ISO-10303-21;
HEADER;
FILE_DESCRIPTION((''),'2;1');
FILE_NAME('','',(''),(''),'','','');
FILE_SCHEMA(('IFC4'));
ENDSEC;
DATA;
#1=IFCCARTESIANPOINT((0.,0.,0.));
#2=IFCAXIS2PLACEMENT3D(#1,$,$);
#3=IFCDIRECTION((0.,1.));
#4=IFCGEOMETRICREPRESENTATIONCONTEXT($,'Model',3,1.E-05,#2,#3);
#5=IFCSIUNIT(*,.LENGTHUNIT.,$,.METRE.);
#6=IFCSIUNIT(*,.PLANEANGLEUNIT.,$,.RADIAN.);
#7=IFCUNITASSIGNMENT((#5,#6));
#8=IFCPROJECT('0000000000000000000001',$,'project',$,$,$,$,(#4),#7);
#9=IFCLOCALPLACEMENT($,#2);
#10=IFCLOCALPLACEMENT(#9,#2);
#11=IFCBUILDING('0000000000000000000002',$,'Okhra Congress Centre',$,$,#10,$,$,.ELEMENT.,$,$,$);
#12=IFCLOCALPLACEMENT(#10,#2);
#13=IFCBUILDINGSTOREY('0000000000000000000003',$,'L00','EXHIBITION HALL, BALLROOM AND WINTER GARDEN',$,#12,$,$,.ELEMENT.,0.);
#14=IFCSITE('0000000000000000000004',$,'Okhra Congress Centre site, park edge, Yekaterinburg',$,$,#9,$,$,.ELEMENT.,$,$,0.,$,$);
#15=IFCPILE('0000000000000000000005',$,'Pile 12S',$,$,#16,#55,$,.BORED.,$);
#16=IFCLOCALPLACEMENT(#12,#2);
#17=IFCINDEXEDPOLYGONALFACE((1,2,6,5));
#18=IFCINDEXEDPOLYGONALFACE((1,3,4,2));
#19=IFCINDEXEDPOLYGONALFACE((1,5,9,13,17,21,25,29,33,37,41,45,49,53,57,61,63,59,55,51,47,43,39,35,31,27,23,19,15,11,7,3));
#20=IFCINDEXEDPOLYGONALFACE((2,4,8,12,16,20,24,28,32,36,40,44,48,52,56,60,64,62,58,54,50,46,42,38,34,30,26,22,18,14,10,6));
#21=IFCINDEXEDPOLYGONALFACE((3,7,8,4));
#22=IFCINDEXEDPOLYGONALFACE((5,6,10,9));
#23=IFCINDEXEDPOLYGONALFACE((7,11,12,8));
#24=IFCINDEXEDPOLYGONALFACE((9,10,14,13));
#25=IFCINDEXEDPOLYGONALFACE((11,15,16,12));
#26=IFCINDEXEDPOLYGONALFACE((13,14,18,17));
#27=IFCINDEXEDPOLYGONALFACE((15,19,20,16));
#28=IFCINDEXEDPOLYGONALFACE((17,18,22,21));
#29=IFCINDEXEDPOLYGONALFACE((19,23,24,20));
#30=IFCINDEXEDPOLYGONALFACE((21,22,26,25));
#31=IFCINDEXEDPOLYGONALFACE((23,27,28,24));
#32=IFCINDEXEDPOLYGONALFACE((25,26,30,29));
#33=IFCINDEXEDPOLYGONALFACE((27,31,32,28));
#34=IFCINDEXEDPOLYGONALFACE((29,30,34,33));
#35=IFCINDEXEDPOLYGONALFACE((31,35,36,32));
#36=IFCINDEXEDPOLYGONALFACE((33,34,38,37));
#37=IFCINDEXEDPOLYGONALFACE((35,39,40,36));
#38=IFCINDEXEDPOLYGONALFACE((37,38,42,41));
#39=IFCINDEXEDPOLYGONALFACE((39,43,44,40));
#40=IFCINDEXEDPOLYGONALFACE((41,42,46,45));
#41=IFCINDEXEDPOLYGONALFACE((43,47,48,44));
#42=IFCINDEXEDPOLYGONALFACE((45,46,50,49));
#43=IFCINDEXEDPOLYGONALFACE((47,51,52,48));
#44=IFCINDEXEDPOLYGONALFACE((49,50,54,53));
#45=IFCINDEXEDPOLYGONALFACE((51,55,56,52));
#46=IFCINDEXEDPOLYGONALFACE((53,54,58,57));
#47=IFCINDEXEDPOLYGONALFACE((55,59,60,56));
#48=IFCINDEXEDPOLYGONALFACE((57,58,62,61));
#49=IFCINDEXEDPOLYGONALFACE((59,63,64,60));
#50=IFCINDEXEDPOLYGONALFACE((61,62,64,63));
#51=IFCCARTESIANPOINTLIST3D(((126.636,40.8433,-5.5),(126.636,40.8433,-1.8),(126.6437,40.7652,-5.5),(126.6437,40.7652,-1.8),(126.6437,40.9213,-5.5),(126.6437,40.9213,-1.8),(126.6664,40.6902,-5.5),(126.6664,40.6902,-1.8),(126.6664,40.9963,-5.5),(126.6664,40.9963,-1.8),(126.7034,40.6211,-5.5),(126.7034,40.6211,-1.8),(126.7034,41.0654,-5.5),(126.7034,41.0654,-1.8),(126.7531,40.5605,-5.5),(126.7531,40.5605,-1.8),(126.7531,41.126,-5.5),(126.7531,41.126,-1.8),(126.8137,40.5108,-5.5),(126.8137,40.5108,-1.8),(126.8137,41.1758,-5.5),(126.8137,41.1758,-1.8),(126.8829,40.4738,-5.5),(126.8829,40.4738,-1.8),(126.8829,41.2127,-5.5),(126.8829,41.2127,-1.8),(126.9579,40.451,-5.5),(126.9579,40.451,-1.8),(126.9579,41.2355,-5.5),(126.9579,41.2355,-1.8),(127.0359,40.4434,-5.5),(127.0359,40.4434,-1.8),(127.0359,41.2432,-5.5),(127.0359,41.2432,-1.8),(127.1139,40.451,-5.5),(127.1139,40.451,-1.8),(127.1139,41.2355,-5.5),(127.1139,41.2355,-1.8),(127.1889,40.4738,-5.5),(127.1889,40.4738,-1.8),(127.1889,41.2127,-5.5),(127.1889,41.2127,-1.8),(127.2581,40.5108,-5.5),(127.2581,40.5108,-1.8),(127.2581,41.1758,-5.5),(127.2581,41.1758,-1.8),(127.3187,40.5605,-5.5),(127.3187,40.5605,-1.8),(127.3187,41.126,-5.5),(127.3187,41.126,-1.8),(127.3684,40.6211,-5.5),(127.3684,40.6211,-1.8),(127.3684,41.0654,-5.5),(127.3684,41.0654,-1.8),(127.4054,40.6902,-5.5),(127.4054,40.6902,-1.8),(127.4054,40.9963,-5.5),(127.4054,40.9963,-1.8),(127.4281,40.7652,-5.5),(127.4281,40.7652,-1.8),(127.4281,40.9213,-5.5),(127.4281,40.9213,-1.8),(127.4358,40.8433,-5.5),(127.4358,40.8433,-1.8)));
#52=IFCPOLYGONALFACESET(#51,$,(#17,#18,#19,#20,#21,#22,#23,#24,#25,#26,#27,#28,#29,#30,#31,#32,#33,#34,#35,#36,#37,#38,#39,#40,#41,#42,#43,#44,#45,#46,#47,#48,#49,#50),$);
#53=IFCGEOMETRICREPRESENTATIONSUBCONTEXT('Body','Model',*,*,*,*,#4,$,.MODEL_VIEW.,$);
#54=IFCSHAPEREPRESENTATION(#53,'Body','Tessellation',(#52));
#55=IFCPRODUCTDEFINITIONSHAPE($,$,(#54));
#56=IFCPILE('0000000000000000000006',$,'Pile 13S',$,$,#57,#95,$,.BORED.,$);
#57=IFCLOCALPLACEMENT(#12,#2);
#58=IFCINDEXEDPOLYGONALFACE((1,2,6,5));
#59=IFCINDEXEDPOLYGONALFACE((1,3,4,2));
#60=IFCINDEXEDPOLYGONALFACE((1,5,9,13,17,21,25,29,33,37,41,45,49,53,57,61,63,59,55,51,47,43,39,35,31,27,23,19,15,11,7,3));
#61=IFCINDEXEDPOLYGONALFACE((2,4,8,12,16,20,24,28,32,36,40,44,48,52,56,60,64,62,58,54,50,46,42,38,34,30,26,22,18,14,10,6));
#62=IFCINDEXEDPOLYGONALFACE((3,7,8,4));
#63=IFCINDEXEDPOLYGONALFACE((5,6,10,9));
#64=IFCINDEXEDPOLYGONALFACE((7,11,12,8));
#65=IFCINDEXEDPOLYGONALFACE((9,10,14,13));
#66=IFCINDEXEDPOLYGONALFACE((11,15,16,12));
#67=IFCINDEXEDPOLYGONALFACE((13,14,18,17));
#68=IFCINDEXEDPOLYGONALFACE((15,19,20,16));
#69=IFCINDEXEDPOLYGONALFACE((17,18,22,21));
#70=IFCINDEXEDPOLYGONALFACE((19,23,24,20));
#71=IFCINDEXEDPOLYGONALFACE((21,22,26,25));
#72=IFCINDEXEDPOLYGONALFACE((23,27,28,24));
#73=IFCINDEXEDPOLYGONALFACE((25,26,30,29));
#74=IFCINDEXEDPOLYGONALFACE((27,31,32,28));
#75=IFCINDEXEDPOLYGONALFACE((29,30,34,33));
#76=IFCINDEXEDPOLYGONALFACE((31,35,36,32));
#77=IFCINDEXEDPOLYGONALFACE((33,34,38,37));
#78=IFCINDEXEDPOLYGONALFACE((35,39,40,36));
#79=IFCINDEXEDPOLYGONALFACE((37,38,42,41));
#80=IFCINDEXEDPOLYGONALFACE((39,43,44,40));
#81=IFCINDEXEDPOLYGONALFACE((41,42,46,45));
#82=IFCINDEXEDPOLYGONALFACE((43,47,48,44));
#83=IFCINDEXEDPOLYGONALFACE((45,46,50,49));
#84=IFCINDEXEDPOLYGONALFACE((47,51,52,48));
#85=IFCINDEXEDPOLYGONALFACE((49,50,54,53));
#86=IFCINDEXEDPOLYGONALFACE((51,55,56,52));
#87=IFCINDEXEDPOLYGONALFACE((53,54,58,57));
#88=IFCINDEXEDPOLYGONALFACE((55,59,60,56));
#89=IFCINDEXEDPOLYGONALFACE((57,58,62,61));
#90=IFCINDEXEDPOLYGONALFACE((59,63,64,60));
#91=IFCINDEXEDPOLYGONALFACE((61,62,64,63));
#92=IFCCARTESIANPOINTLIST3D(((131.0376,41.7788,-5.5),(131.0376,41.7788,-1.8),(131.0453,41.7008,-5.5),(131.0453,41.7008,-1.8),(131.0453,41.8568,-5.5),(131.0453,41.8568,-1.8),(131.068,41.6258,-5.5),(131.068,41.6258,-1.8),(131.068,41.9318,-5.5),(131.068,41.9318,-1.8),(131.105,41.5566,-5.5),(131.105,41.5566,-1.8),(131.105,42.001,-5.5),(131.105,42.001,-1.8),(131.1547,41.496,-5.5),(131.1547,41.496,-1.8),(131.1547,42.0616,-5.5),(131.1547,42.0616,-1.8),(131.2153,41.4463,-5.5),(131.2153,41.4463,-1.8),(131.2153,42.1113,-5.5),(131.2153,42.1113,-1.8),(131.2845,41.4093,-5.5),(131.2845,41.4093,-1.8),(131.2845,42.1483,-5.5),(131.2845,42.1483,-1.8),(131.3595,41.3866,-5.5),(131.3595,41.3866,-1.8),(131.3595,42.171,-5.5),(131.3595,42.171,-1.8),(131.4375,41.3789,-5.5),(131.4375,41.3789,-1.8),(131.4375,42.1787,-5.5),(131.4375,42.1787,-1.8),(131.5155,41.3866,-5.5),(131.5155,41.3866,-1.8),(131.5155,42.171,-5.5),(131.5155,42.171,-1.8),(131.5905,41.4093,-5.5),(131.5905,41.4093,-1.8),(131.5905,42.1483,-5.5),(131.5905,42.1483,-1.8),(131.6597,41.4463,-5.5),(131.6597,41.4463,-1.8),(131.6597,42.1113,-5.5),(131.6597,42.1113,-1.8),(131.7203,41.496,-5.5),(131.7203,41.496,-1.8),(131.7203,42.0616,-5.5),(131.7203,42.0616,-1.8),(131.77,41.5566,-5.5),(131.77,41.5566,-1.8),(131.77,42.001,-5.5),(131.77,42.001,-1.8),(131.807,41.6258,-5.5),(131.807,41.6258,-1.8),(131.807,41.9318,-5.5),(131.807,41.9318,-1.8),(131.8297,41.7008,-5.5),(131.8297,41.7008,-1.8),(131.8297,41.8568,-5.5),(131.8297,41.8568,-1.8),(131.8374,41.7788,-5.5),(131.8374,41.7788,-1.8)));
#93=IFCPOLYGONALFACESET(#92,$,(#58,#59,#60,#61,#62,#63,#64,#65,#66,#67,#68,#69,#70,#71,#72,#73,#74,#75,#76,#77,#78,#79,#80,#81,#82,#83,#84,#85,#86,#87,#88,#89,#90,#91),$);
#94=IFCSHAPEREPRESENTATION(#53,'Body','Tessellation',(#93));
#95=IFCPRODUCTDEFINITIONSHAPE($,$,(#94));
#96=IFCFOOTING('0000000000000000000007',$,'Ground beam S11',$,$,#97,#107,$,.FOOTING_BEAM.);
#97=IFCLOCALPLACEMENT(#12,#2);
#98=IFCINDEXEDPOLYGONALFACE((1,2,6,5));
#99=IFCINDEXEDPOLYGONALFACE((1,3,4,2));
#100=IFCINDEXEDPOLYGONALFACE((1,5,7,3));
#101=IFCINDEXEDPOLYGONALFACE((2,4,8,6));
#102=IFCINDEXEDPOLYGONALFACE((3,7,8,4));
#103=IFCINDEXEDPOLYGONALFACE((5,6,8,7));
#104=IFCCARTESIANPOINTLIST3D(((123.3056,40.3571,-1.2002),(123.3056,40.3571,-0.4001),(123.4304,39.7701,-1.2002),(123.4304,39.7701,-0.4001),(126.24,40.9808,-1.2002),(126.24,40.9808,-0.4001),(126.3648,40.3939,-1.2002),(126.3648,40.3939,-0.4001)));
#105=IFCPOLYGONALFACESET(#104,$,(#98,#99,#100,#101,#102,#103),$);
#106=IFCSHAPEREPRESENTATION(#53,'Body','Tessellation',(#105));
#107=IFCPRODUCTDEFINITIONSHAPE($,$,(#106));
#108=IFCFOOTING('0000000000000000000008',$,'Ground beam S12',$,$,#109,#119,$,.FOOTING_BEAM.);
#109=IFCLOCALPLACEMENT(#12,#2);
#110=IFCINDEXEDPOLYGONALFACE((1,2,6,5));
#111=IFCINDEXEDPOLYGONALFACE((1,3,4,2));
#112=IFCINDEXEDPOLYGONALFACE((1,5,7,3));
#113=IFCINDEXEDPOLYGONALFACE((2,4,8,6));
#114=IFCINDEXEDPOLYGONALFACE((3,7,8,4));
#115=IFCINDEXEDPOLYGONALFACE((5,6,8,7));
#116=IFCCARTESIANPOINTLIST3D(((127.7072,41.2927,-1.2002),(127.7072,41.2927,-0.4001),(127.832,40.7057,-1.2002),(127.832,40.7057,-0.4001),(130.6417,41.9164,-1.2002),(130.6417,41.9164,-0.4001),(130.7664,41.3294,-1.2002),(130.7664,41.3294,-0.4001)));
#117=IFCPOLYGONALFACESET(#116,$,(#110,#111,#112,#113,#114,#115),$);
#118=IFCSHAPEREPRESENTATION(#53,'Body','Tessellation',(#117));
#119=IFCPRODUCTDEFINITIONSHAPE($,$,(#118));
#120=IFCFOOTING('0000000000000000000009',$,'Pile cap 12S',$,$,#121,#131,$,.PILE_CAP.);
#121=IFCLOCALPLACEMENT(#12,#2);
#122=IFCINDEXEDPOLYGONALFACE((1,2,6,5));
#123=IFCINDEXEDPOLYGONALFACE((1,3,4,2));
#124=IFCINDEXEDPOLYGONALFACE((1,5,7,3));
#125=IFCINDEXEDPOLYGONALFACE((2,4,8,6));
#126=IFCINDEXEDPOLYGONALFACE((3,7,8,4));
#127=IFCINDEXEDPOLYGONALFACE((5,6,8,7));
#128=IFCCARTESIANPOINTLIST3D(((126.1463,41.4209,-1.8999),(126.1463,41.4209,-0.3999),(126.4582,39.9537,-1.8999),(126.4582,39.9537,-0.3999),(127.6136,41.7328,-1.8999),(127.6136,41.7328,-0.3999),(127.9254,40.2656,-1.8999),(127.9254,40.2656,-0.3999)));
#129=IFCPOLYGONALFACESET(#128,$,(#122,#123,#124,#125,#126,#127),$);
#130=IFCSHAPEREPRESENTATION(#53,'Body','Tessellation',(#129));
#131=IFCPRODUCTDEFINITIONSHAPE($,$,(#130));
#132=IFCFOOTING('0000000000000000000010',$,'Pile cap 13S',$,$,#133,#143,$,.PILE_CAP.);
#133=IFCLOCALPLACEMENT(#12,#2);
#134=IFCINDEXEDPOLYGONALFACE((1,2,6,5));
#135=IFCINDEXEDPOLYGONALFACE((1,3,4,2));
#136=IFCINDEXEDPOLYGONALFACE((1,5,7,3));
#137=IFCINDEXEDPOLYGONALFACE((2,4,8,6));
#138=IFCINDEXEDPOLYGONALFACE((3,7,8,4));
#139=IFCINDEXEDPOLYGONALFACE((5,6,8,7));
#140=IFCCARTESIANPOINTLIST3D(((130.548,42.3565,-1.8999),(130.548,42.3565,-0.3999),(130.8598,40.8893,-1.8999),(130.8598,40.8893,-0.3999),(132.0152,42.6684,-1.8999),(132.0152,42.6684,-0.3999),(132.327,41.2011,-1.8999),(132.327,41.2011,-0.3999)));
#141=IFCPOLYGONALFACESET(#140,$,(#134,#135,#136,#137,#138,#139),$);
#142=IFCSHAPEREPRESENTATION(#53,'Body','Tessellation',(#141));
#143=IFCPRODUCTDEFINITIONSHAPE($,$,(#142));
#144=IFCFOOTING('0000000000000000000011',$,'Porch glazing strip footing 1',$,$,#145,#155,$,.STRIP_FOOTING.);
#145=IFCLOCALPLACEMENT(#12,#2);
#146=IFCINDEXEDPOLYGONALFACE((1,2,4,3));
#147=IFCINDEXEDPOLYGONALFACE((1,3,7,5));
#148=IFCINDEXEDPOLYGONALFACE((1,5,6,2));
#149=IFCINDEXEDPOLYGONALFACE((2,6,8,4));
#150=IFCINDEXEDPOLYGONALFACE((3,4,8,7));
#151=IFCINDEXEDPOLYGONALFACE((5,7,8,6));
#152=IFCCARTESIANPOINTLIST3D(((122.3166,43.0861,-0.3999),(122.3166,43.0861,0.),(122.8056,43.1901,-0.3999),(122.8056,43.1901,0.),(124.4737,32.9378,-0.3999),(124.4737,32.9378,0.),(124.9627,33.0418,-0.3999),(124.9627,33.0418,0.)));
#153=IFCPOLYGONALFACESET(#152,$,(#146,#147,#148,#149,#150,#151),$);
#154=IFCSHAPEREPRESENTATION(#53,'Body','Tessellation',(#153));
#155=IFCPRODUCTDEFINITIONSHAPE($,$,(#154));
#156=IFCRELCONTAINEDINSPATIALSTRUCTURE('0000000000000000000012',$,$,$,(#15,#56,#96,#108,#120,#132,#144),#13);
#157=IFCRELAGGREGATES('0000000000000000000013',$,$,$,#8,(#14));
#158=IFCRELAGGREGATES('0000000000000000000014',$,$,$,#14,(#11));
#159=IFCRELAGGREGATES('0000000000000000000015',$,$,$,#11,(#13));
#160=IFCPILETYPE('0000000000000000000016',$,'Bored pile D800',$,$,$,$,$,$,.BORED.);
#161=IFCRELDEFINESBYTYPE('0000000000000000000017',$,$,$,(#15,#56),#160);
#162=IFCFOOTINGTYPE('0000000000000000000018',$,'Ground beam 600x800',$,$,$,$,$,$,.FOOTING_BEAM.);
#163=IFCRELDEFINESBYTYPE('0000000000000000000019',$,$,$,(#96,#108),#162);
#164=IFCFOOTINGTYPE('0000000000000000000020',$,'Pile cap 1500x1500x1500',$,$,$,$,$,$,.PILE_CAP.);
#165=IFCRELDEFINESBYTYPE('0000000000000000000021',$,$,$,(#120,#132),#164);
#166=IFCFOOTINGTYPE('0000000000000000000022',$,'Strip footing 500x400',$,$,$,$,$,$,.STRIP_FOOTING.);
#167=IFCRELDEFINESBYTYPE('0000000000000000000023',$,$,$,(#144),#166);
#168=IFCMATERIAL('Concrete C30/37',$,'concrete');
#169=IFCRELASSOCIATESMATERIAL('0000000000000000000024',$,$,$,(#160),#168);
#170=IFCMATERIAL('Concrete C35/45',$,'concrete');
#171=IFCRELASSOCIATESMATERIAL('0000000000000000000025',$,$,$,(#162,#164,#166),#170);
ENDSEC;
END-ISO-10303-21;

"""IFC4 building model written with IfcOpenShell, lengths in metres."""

from ifc_helpers import new_model, si_unit, direction, frame, origin, origin_2d, place, context, subcontext, project, spatial, rectangle, circle, extrude, material, material_profile, profile_set, type_object, element, save


model = new_model("IFC4")

# Units and contexts
model_context = context("Model", 3, precision=1e-05, world=origin(), true_north=direction((0.0, 1.0)))
body_context = subcontext(model_context, "Body", "Model", "MODEL_VIEW")
ifc_project = project(units=[si_unit("LENGTHUNIT", "METRE"), si_unit("PLANEANGLEUNIT", "RADIAN")], contexts=[model_context])

# Site, building, storey
site_placement = place(None, origin())
site = spatial("IfcSite", under=ifc_project, at=site_placement, Name="Okhra Congress Centre site, park edge, Yekaterinburg", CompositionType="ELEMENT", RefElevation=0.0)
building_placement = place(site_placement, origin())
building = spatial("IfcBuilding", under=site, at=building_placement, Name="Okhra Congress Centre", CompositionType="ELEMENT")
storey_placement = place(building_placement, origin())
storey = spatial("IfcBuildingStorey", under=building, at=storey_placement, Name="L00", Description="EXHIBITION HALL, BALLROOM AND WINTER GARDEN", CompositionType="ELEMENT", Elevation=0.0)

# Piles
ifc_material_1 = material(Name="Concrete C30/37", Category="concrete")
ifc_material_profile_1 = material_profile(ifc_material_1, circle(Radius=0.3999, at=origin_2d()), Name="D800")
ifc_profile_set_1 = profile_set([ifc_material_profile_1], Name="Concrete C30/37")
pile_type = type_object("IfcPileType", Name="Bored pile D800", PredefinedType="BORED", material=ifc_profile_set_1)
for number, where, z_axis, x_axis, name in (
    (1, (127.0359, 40.8433, -1.8), (0.0, 0.0, -1.0), (1.0, 0.0, 0.0), "Pile 12S"),
    (2, (131.4375, 41.7788, -1.8), (0.0, 0.0, -1.0), (1.0, 0.0, 0.0), "Pile 13S"),
):
    element("IfcPile", number, at=place(storey_placement, frame(where, z_axis=z_axis, x_axis=x_axis)), inside=storey, type_object=pile_type, Name=name, PredefinedType="BORED", context=body_context, shape_type="SweptSolid", body=[
        extrude(circle(Radius=0.3999, at=origin_2d()), origin(), (0.0, 0.0, 1.0), 3.7),
    ])

# Footings
ifc_material_2 = material(Name="Concrete C35/45", Category="concrete")
footing_type_1 = type_object("IfcFootingType", Name="Ground beam 600x800", PredefinedType="FOOTING_BEAM", material=ifc_material_2)
for number, where, z_axis, x_axis, name in (
    (3, (124.8352, 40.3755, -1.2002), (0.0, 0.0, 1.0), (0.978148, 0.207912, 0.0), "Ground beam S11"),
    (4, (129.2368, 41.311, -1.2002), (0.0, 0.0, 1.0), (0.978148, 0.207912, 0.0), "Ground beam S12"),
):
    element("IfcFooting", number, at=place(storey_placement, frame(where, z_axis=z_axis, x_axis=x_axis)), inside=storey, type_object=footing_type_1, Name=name, PredefinedType="FOOTING_BEAM", context=body_context, shape_type="SweptSolid", body=[
        extrude(rectangle(XDim=3.0, YDim=0.6001, at=origin_2d()), origin(), (0.0, 0.0, 1.0), 0.8),
    ])
footing_type_2 = type_object("IfcFootingType", Name="Pile cap 1500x1500x1500", PredefinedType="PILE_CAP", material=ifc_material_2)
for number, where, z_axis, x_axis, name in (
    (5, (127.0359, 40.8433, -1.8999), (0.0, 0.0, 1.0), (0.978148, 0.207912, 0.0), "Pile cap 12S"),
    (6, (131.4375, 41.7788, -1.8999), (0.0, 0.0, 1.0), (0.978148, 0.207912, 0.0), "Pile cap 13S"),
):
    element("IfcFooting", number, at=place(storey_placement, frame(where, z_axis=z_axis, x_axis=x_axis)), inside=storey, type_object=footing_type_2, Name=name, PredefinedType="PILE_CAP", context=body_context, shape_type="SweptSolid", body=[
        extrude(rectangle(XDim=1.5, YDim=1.5, at=origin_2d()), origin(), (0.0, 0.0, 1.0), 1.5),
    ])
footing_type_3 = type_object("IfcFootingType", Name="Strip footing 500x400", PredefinedType="STRIP_FOOTING", material=ifc_material_2)
footing_placement = place(storey_placement, frame((123.6396, 38.064, -0.3999), z_axis=(0.0, 0.0, 1.0), x_axis=(0.978148, 0.207912, 0.0)))
element("IfcFooting", 7, at=footing_placement, inside=storey, type_object=footing_type_3, Name="Porch glazing strip footing 1", PredefinedType="STRIP_FOOTING", context=body_context, shape_type="SweptSolid", body=[
    extrude(rectangle(XDim=0.5, YDim=10.375, at=origin_2d()), origin(), (0.0, 0.0, 1.0), 0.3999),
])

save(model, "model.ifc")
